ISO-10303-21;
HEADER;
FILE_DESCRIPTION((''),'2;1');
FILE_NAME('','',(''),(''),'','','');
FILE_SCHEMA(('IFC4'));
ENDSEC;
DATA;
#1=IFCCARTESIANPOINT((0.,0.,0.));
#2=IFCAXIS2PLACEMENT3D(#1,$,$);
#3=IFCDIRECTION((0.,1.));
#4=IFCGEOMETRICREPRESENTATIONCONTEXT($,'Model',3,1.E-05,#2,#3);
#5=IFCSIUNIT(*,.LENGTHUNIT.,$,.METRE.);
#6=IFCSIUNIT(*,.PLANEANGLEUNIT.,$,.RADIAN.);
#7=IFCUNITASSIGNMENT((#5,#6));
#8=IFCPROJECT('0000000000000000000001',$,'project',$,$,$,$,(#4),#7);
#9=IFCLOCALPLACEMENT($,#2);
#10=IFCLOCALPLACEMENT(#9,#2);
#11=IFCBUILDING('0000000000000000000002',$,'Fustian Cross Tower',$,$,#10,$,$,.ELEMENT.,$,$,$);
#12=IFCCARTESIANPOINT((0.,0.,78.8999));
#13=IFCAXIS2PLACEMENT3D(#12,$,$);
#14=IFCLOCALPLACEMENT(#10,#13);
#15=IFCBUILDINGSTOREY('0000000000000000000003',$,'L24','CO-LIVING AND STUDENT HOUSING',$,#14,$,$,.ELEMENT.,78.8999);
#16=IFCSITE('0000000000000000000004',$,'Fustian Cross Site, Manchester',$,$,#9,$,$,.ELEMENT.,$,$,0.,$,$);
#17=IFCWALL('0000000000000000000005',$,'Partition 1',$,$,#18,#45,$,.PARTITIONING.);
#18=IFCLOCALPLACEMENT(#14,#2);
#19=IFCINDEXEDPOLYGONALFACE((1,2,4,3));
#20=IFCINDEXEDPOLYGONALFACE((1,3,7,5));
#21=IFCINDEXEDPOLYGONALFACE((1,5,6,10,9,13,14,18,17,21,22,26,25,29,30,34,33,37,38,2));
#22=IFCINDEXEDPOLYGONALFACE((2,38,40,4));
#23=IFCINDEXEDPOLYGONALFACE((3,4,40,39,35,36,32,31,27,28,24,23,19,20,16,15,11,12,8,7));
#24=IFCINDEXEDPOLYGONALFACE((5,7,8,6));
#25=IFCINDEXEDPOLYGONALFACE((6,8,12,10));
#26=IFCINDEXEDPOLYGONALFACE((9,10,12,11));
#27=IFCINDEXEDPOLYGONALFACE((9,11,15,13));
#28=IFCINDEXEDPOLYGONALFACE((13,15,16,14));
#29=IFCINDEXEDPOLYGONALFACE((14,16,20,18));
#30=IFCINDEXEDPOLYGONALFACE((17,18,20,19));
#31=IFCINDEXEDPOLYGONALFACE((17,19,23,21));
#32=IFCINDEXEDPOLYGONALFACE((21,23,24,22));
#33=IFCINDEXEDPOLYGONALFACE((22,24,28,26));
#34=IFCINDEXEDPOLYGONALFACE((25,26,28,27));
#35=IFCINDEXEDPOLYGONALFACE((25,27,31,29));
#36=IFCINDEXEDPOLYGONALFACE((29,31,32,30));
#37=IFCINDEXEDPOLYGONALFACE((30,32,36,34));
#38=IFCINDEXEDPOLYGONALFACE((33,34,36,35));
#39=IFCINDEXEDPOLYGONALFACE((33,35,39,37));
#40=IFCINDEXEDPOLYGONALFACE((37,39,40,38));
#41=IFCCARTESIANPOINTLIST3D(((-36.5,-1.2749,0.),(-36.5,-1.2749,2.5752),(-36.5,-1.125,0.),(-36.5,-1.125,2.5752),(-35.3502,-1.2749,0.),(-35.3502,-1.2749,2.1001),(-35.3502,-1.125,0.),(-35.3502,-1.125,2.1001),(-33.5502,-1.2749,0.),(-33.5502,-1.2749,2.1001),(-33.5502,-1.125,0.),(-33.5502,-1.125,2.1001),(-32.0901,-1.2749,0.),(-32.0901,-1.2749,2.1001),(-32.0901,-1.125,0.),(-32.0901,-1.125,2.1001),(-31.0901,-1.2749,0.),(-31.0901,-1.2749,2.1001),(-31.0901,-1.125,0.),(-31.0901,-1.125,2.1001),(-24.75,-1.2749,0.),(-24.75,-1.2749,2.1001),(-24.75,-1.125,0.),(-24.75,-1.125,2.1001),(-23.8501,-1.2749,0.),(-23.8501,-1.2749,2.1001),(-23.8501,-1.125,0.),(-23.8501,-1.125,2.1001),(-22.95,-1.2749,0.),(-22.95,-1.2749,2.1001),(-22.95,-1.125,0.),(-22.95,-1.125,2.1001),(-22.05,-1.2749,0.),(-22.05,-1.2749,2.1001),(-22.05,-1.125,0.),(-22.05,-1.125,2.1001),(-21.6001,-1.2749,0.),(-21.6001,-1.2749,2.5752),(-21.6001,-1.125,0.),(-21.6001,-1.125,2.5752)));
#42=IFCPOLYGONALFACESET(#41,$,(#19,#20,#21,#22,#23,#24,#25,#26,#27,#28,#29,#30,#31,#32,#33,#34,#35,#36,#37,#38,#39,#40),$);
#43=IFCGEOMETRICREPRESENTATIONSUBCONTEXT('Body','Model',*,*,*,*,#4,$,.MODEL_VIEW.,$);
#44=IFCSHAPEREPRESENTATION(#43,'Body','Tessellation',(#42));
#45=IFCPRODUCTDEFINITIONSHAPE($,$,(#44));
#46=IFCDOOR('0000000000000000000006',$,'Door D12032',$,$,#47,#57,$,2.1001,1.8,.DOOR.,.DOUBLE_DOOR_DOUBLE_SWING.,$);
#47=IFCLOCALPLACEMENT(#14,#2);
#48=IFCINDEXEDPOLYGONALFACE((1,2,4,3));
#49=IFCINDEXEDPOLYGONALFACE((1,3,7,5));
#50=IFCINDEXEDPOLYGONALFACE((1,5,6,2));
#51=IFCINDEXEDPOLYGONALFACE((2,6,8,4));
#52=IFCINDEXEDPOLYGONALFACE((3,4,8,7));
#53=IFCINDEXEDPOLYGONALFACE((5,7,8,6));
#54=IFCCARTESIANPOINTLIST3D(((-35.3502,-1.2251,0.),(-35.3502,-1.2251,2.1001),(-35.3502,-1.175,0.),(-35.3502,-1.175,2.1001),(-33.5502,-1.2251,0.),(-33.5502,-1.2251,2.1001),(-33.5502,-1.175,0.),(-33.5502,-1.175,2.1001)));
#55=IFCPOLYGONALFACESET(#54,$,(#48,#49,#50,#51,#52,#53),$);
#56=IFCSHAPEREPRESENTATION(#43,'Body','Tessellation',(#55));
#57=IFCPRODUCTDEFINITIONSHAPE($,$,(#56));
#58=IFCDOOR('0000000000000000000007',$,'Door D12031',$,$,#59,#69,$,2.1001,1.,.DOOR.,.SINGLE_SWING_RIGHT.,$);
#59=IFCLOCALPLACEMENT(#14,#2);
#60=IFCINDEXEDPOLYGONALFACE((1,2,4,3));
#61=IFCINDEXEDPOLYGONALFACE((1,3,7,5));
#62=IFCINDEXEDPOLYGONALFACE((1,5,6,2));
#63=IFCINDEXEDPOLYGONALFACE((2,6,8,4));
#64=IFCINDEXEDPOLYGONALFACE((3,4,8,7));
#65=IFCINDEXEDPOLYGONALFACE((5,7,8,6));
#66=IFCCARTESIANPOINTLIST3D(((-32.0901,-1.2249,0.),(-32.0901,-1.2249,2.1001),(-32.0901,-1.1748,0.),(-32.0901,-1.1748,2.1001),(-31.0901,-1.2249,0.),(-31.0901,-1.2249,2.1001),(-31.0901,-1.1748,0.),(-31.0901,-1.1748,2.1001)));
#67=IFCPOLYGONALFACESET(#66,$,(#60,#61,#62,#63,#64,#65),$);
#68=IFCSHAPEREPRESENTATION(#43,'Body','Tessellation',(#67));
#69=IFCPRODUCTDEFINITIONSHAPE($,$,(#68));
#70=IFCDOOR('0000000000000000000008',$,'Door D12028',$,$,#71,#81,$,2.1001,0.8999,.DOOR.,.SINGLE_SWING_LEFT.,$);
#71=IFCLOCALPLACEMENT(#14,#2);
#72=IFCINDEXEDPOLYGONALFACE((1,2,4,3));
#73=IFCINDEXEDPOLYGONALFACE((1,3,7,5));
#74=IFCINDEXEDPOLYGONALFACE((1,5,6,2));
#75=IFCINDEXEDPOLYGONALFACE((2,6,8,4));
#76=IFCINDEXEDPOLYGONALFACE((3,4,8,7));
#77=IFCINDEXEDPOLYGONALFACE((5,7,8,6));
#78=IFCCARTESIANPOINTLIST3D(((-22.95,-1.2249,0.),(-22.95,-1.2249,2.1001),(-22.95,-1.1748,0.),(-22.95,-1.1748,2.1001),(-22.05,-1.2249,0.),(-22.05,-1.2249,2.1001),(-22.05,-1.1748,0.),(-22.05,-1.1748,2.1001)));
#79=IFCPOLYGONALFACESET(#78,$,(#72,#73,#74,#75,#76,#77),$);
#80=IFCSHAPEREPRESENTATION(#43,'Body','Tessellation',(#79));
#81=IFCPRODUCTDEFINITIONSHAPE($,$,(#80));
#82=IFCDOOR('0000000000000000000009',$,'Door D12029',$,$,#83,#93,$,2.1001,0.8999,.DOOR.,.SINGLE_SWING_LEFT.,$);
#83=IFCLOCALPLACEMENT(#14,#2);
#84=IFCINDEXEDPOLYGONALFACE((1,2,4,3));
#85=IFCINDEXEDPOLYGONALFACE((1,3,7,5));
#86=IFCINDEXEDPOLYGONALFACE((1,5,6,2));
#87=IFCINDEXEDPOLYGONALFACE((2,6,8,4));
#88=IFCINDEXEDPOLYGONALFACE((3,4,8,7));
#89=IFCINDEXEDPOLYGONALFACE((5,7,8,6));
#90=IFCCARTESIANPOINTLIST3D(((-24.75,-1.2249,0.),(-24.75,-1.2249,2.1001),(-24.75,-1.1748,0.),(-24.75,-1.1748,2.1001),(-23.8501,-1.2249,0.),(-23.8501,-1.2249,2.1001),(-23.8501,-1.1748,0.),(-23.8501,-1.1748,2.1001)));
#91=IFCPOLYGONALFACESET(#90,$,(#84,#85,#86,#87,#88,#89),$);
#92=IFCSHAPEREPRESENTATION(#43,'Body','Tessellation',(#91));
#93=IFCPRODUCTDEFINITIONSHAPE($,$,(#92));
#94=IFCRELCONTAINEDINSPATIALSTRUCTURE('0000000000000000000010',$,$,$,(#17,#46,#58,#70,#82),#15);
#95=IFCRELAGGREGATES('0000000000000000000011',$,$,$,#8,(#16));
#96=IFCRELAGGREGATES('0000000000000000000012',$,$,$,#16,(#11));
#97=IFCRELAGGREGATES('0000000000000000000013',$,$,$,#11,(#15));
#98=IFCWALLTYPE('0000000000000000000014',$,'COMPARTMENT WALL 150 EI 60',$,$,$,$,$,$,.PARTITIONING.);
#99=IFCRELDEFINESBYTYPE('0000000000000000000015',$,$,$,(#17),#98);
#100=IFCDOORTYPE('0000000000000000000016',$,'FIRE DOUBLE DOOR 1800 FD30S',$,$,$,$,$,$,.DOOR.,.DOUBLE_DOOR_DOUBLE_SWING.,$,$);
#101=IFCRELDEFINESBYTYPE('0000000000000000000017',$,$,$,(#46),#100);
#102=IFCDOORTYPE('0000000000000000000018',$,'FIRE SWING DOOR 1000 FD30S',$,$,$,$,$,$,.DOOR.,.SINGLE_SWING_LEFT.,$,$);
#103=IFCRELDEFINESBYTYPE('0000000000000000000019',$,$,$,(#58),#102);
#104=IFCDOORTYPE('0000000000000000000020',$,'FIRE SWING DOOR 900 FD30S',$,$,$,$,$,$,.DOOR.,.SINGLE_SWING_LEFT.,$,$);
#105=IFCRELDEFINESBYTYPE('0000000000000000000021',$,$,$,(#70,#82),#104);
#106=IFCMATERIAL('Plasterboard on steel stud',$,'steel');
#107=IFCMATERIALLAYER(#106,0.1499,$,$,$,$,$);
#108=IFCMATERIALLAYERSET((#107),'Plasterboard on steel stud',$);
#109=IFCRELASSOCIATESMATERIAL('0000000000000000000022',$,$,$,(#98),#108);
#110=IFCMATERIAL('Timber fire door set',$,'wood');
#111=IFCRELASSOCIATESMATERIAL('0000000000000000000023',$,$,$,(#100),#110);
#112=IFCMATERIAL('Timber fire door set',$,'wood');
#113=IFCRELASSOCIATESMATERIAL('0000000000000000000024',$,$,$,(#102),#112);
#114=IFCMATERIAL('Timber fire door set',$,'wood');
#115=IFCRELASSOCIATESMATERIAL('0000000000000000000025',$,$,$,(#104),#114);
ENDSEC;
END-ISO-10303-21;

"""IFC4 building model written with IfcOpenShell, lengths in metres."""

from ifc_helpers import new_model, si_unit, direction, frame, frame_2d, origin, place, context, subcontext, project, spatial, rectangle, extrude, material, layer, layer_set, type_object, element, fill, save


model = new_model("IFC4")

# Units and contexts
model_context = context("Model", 3, precision=1e-05, world=origin(), true_north=direction((0.0, 1.0)))
body_context = subcontext(model_context, "Body", "Model", "MODEL_VIEW")
ifc_project = project(units=[si_unit("LENGTHUNIT", "METRE"), si_unit("PLANEANGLEUNIT", "RADIAN")], contexts=[model_context])

# Site, building, storey
site_placement = place(None, origin())
site = spatial("IfcSite", under=ifc_project, at=site_placement, Name="Fustian Cross Site, Manchester", CompositionType="ELEMENT", RefElevation=0.0)
building_placement = place(site_placement, origin())
building = spatial("IfcBuilding", under=site, at=building_placement, Name="Fustian Cross Tower", CompositionType="ELEMENT")
storey_placement = place(building_placement, frame((0.0, 0.0, 78.8999)))
storey = spatial("IfcBuildingStorey", under=building, at=storey_placement, Name="L24", Description="CO-LIVING AND STUDENT HOUSING", CompositionType="ELEMENT", Elevation=78.8999)

# Wall, openings, doors
ifc_material_1 = material(Name="Plasterboard on steel stud", Category="steel")
ifc_layer_1 = layer(ifc_material_1, 0.1499)
ifc_layer_set_1 = layer_set([ifc_layer_1], Name="Plasterboard on steel stud")
wall_type_1 = type_object("IfcWallType", Name="COMPARTMENT WALL 150 EI 60", PredefinedType="PARTITIONING", material=ifc_layer_set_1)
wall_1_placement = place(storey_placement, frame((-36.5, -1.2, 0.0), z_axis=(0.0, 0.0, 1.0), x_axis=(1.0, 0.0, 0.0)))
wall_1 = element("IfcWall", 1, at=wall_1_placement, inside=storey, type_object=wall_type_1, Name="Partition 1", PredefinedType="PARTITIONING", context=body_context, shape_type="SweptSolid", body=[
    extrude(rectangle(XDim=14.8999, YDim=0.1499, at=frame_2d((7.45, 0.0))), origin(), (0.0, 0.0, 1.0), 2.5752),
])
opening_1_placement = place(wall_1_placement, frame((13.55, 0.0, 0.0)))
opening_1 = element("IfcOpeningElement", 2, at=opening_1_placement, cuts=wall_1, PredefinedType="OPENING", context=body_context, shape_type="SweptSolid", body=[
    extrude(rectangle(XDim=0.8999, YDim=2.1001, at=frame_2d((0.45, 1.05))), frame((0.0, 0.085, 0.0), z_axis=(0.0, -1.0, 0.0), x_axis=(1.0, 0.0, 0.0)), (0.0, 0.0, 1.0), 0.1699),
])
opening_2_placement = place(wall_1_placement, frame((11.75, 0.0, 0.0)))
opening_2 = element("IfcOpeningElement", 3, at=opening_2_placement, cuts=wall_1, PredefinedType="OPENING", context=body_context, shape_type="SweptSolid", body=[
    extrude(rectangle(XDim=0.8999, YDim=2.1001, at=frame_2d((0.45, 1.05))), frame((0.0, 0.085, 0.0), z_axis=(0.0, -1.0, 0.0), x_axis=(1.0, 0.0, 0.0)), (0.0, 0.0, 1.0), 0.1699),
])
opening_3_placement = place(wall_1_placement, frame((4.4099, 0.0, 0.0)))
opening_3 = element("IfcOpeningElement", 4, at=opening_3_placement, cuts=wall_1, PredefinedType="OPENING", context=body_context, shape_type="SweptSolid", body=[
    extrude(rectangle(XDim=1.0, YDim=2.1001, at=frame_2d((0.5, 1.05))), frame((0.0, 0.085, 0.0), z_axis=(0.0, -1.0, 0.0), x_axis=(1.0, 0.0, 0.0)), (0.0, 0.0, 1.0), 0.1699),
])
opening_4_placement = place(wall_1_placement, frame((1.1499, 0.0, 0.0)))
opening_4 = element("IfcOpeningElement", 5, at=opening_4_placement, cuts=wall_1, PredefinedType="OPENING", context=body_context, shape_type="SweptSolid", body=[
    extrude(rectangle(XDim=1.8, YDim=2.1001, at=frame_2d((0.8999, 1.05))), frame((0.0, 0.085, 0.0), z_axis=(0.0, -1.0, 0.0), x_axis=(1.0, 0.0, 0.0)), (0.0, 0.0, 1.0), 0.1699),
])
ifc_material_2 = material(Name="Timber fire door set", Category="wood")
door_type_1 = type_object("IfcDoorType", Name="FIRE DOUBLE DOOR 1800 FD30S", OperationType="DOUBLE_DOOR_DOUBLE_SWING", PredefinedType="DOOR", material=ifc_material_2)
door_1_placement = place(opening_4_placement, origin())
door_1 = element("IfcDoor", 6, at=door_1_placement, inside=storey, type_object=door_type_1, Name="Door D12032", OperationType="DOUBLE_DOOR_DOUBLE_SWING", OverallHeight=2.1001, OverallWidth=1.8, PredefinedType="DOOR", context=body_context, shape_type="SweptSolid", body=[
    extrude(rectangle(XDim=1.8, YDim=2.1001, at=frame_2d((0.8999, 1.05))), frame((0.0, 0.0249, 0.0), z_axis=(0.0, -1.0, 0.0), x_axis=(1.0, 0.0, 0.0)), (0.0, 0.0, 1.0), 0.05),
])
fill(opening_4, door_1)
ifc_material_3 = material(Name="Timber fire door set", Category="wood")
door_type_2 = type_object("IfcDoorType", Name="FIRE SWING DOOR 1000 FD30S", OperationType="SINGLE_SWING_LEFT", PredefinedType="DOOR", material=ifc_material_3)
door_2_placement = place(opening_3_placement, frame((1.0, 0.0, 0.0), z_axis=(0.0, 0.0, 1.0), x_axis=(-1.0, 0.0, 0.0)))
door_2 = element("IfcDoor", 7, at=door_2_placement, inside=storey, type_object=door_type_2, Name="Door D12031", OperationType="SINGLE_SWING_RIGHT", OverallHeight=2.1001, OverallWidth=1.0, PredefinedType="DOOR", context=body_context, shape_type="SweptSolid", body=[
    extrude(rectangle(XDim=1.0, YDim=2.1001, at=frame_2d((0.5, 1.05))), frame((0.0, 0.0249, 0.0), z_axis=(0.0, -1.0, 0.0), x_axis=(1.0, 0.0, 0.0)), (0.0, 0.0, 1.0), 0.05),
])
fill(opening_3, door_2)
ifc_material_4 = material(Name="Timber fire door set", Category="wood")
door_type_3 = type_object("IfcDoorType", Name="FIRE SWING DOOR 900 FD30S", OperationType="SINGLE_SWING_LEFT", PredefinedType="DOOR", material=ifc_material_4)
door_3_placement = place(opening_1_placement, frame((0.8999, 0.0, 0.0), z_axis=(0.0, 0.0, 1.0), x_axis=(-1.0, 0.0, 0.0)))
door_3 = element("IfcDoor", 8, at=door_3_placement, inside=storey, type_object=door_type_3, Name="Door D12028", OperationType="SINGLE_SWING_LEFT", OverallHeight=2.1001, OverallWidth=0.8999, PredefinedType="DOOR", context=body_context, shape_type="SweptSolid", body=[
    extrude(rectangle(XDim=0.8999, YDim=2.1001, at=frame_2d((0.45, 1.05))), frame((0.0, 0.0249, 0.0), z_axis=(0.0, -1.0, 0.0), x_axis=(1.0, 0.0, 0.0)), (0.0, 0.0, 1.0), 0.05),
])
fill(opening_1, door_3)
door_4_placement = place(opening_2_placement, frame((0.8999, 0.0, 0.0), z_axis=(0.0, 0.0, 1.0), x_axis=(-1.0, 0.0, 0.0)))
door_4 = element("IfcDoor", 9, at=door_4_placement, inside=storey, type_object=door_type_3, Name="Door D12029", OperationType="SINGLE_SWING_LEFT", OverallHeight=2.1001, OverallWidth=0.8999, PredefinedType="DOOR", context=body_context, shape_type="SweptSolid", body=[
    extrude(rectangle(XDim=0.8999, YDim=2.1001, at=frame_2d((0.45, 1.05))), frame((0.0, 0.0249, 0.0), z_axis=(0.0, -1.0, 0.0), x_axis=(1.0, 0.0, 0.0)), (0.0, 0.0, 1.0), 0.05),
])
fill(opening_2, door_4)

save(model, "model.ifc")
